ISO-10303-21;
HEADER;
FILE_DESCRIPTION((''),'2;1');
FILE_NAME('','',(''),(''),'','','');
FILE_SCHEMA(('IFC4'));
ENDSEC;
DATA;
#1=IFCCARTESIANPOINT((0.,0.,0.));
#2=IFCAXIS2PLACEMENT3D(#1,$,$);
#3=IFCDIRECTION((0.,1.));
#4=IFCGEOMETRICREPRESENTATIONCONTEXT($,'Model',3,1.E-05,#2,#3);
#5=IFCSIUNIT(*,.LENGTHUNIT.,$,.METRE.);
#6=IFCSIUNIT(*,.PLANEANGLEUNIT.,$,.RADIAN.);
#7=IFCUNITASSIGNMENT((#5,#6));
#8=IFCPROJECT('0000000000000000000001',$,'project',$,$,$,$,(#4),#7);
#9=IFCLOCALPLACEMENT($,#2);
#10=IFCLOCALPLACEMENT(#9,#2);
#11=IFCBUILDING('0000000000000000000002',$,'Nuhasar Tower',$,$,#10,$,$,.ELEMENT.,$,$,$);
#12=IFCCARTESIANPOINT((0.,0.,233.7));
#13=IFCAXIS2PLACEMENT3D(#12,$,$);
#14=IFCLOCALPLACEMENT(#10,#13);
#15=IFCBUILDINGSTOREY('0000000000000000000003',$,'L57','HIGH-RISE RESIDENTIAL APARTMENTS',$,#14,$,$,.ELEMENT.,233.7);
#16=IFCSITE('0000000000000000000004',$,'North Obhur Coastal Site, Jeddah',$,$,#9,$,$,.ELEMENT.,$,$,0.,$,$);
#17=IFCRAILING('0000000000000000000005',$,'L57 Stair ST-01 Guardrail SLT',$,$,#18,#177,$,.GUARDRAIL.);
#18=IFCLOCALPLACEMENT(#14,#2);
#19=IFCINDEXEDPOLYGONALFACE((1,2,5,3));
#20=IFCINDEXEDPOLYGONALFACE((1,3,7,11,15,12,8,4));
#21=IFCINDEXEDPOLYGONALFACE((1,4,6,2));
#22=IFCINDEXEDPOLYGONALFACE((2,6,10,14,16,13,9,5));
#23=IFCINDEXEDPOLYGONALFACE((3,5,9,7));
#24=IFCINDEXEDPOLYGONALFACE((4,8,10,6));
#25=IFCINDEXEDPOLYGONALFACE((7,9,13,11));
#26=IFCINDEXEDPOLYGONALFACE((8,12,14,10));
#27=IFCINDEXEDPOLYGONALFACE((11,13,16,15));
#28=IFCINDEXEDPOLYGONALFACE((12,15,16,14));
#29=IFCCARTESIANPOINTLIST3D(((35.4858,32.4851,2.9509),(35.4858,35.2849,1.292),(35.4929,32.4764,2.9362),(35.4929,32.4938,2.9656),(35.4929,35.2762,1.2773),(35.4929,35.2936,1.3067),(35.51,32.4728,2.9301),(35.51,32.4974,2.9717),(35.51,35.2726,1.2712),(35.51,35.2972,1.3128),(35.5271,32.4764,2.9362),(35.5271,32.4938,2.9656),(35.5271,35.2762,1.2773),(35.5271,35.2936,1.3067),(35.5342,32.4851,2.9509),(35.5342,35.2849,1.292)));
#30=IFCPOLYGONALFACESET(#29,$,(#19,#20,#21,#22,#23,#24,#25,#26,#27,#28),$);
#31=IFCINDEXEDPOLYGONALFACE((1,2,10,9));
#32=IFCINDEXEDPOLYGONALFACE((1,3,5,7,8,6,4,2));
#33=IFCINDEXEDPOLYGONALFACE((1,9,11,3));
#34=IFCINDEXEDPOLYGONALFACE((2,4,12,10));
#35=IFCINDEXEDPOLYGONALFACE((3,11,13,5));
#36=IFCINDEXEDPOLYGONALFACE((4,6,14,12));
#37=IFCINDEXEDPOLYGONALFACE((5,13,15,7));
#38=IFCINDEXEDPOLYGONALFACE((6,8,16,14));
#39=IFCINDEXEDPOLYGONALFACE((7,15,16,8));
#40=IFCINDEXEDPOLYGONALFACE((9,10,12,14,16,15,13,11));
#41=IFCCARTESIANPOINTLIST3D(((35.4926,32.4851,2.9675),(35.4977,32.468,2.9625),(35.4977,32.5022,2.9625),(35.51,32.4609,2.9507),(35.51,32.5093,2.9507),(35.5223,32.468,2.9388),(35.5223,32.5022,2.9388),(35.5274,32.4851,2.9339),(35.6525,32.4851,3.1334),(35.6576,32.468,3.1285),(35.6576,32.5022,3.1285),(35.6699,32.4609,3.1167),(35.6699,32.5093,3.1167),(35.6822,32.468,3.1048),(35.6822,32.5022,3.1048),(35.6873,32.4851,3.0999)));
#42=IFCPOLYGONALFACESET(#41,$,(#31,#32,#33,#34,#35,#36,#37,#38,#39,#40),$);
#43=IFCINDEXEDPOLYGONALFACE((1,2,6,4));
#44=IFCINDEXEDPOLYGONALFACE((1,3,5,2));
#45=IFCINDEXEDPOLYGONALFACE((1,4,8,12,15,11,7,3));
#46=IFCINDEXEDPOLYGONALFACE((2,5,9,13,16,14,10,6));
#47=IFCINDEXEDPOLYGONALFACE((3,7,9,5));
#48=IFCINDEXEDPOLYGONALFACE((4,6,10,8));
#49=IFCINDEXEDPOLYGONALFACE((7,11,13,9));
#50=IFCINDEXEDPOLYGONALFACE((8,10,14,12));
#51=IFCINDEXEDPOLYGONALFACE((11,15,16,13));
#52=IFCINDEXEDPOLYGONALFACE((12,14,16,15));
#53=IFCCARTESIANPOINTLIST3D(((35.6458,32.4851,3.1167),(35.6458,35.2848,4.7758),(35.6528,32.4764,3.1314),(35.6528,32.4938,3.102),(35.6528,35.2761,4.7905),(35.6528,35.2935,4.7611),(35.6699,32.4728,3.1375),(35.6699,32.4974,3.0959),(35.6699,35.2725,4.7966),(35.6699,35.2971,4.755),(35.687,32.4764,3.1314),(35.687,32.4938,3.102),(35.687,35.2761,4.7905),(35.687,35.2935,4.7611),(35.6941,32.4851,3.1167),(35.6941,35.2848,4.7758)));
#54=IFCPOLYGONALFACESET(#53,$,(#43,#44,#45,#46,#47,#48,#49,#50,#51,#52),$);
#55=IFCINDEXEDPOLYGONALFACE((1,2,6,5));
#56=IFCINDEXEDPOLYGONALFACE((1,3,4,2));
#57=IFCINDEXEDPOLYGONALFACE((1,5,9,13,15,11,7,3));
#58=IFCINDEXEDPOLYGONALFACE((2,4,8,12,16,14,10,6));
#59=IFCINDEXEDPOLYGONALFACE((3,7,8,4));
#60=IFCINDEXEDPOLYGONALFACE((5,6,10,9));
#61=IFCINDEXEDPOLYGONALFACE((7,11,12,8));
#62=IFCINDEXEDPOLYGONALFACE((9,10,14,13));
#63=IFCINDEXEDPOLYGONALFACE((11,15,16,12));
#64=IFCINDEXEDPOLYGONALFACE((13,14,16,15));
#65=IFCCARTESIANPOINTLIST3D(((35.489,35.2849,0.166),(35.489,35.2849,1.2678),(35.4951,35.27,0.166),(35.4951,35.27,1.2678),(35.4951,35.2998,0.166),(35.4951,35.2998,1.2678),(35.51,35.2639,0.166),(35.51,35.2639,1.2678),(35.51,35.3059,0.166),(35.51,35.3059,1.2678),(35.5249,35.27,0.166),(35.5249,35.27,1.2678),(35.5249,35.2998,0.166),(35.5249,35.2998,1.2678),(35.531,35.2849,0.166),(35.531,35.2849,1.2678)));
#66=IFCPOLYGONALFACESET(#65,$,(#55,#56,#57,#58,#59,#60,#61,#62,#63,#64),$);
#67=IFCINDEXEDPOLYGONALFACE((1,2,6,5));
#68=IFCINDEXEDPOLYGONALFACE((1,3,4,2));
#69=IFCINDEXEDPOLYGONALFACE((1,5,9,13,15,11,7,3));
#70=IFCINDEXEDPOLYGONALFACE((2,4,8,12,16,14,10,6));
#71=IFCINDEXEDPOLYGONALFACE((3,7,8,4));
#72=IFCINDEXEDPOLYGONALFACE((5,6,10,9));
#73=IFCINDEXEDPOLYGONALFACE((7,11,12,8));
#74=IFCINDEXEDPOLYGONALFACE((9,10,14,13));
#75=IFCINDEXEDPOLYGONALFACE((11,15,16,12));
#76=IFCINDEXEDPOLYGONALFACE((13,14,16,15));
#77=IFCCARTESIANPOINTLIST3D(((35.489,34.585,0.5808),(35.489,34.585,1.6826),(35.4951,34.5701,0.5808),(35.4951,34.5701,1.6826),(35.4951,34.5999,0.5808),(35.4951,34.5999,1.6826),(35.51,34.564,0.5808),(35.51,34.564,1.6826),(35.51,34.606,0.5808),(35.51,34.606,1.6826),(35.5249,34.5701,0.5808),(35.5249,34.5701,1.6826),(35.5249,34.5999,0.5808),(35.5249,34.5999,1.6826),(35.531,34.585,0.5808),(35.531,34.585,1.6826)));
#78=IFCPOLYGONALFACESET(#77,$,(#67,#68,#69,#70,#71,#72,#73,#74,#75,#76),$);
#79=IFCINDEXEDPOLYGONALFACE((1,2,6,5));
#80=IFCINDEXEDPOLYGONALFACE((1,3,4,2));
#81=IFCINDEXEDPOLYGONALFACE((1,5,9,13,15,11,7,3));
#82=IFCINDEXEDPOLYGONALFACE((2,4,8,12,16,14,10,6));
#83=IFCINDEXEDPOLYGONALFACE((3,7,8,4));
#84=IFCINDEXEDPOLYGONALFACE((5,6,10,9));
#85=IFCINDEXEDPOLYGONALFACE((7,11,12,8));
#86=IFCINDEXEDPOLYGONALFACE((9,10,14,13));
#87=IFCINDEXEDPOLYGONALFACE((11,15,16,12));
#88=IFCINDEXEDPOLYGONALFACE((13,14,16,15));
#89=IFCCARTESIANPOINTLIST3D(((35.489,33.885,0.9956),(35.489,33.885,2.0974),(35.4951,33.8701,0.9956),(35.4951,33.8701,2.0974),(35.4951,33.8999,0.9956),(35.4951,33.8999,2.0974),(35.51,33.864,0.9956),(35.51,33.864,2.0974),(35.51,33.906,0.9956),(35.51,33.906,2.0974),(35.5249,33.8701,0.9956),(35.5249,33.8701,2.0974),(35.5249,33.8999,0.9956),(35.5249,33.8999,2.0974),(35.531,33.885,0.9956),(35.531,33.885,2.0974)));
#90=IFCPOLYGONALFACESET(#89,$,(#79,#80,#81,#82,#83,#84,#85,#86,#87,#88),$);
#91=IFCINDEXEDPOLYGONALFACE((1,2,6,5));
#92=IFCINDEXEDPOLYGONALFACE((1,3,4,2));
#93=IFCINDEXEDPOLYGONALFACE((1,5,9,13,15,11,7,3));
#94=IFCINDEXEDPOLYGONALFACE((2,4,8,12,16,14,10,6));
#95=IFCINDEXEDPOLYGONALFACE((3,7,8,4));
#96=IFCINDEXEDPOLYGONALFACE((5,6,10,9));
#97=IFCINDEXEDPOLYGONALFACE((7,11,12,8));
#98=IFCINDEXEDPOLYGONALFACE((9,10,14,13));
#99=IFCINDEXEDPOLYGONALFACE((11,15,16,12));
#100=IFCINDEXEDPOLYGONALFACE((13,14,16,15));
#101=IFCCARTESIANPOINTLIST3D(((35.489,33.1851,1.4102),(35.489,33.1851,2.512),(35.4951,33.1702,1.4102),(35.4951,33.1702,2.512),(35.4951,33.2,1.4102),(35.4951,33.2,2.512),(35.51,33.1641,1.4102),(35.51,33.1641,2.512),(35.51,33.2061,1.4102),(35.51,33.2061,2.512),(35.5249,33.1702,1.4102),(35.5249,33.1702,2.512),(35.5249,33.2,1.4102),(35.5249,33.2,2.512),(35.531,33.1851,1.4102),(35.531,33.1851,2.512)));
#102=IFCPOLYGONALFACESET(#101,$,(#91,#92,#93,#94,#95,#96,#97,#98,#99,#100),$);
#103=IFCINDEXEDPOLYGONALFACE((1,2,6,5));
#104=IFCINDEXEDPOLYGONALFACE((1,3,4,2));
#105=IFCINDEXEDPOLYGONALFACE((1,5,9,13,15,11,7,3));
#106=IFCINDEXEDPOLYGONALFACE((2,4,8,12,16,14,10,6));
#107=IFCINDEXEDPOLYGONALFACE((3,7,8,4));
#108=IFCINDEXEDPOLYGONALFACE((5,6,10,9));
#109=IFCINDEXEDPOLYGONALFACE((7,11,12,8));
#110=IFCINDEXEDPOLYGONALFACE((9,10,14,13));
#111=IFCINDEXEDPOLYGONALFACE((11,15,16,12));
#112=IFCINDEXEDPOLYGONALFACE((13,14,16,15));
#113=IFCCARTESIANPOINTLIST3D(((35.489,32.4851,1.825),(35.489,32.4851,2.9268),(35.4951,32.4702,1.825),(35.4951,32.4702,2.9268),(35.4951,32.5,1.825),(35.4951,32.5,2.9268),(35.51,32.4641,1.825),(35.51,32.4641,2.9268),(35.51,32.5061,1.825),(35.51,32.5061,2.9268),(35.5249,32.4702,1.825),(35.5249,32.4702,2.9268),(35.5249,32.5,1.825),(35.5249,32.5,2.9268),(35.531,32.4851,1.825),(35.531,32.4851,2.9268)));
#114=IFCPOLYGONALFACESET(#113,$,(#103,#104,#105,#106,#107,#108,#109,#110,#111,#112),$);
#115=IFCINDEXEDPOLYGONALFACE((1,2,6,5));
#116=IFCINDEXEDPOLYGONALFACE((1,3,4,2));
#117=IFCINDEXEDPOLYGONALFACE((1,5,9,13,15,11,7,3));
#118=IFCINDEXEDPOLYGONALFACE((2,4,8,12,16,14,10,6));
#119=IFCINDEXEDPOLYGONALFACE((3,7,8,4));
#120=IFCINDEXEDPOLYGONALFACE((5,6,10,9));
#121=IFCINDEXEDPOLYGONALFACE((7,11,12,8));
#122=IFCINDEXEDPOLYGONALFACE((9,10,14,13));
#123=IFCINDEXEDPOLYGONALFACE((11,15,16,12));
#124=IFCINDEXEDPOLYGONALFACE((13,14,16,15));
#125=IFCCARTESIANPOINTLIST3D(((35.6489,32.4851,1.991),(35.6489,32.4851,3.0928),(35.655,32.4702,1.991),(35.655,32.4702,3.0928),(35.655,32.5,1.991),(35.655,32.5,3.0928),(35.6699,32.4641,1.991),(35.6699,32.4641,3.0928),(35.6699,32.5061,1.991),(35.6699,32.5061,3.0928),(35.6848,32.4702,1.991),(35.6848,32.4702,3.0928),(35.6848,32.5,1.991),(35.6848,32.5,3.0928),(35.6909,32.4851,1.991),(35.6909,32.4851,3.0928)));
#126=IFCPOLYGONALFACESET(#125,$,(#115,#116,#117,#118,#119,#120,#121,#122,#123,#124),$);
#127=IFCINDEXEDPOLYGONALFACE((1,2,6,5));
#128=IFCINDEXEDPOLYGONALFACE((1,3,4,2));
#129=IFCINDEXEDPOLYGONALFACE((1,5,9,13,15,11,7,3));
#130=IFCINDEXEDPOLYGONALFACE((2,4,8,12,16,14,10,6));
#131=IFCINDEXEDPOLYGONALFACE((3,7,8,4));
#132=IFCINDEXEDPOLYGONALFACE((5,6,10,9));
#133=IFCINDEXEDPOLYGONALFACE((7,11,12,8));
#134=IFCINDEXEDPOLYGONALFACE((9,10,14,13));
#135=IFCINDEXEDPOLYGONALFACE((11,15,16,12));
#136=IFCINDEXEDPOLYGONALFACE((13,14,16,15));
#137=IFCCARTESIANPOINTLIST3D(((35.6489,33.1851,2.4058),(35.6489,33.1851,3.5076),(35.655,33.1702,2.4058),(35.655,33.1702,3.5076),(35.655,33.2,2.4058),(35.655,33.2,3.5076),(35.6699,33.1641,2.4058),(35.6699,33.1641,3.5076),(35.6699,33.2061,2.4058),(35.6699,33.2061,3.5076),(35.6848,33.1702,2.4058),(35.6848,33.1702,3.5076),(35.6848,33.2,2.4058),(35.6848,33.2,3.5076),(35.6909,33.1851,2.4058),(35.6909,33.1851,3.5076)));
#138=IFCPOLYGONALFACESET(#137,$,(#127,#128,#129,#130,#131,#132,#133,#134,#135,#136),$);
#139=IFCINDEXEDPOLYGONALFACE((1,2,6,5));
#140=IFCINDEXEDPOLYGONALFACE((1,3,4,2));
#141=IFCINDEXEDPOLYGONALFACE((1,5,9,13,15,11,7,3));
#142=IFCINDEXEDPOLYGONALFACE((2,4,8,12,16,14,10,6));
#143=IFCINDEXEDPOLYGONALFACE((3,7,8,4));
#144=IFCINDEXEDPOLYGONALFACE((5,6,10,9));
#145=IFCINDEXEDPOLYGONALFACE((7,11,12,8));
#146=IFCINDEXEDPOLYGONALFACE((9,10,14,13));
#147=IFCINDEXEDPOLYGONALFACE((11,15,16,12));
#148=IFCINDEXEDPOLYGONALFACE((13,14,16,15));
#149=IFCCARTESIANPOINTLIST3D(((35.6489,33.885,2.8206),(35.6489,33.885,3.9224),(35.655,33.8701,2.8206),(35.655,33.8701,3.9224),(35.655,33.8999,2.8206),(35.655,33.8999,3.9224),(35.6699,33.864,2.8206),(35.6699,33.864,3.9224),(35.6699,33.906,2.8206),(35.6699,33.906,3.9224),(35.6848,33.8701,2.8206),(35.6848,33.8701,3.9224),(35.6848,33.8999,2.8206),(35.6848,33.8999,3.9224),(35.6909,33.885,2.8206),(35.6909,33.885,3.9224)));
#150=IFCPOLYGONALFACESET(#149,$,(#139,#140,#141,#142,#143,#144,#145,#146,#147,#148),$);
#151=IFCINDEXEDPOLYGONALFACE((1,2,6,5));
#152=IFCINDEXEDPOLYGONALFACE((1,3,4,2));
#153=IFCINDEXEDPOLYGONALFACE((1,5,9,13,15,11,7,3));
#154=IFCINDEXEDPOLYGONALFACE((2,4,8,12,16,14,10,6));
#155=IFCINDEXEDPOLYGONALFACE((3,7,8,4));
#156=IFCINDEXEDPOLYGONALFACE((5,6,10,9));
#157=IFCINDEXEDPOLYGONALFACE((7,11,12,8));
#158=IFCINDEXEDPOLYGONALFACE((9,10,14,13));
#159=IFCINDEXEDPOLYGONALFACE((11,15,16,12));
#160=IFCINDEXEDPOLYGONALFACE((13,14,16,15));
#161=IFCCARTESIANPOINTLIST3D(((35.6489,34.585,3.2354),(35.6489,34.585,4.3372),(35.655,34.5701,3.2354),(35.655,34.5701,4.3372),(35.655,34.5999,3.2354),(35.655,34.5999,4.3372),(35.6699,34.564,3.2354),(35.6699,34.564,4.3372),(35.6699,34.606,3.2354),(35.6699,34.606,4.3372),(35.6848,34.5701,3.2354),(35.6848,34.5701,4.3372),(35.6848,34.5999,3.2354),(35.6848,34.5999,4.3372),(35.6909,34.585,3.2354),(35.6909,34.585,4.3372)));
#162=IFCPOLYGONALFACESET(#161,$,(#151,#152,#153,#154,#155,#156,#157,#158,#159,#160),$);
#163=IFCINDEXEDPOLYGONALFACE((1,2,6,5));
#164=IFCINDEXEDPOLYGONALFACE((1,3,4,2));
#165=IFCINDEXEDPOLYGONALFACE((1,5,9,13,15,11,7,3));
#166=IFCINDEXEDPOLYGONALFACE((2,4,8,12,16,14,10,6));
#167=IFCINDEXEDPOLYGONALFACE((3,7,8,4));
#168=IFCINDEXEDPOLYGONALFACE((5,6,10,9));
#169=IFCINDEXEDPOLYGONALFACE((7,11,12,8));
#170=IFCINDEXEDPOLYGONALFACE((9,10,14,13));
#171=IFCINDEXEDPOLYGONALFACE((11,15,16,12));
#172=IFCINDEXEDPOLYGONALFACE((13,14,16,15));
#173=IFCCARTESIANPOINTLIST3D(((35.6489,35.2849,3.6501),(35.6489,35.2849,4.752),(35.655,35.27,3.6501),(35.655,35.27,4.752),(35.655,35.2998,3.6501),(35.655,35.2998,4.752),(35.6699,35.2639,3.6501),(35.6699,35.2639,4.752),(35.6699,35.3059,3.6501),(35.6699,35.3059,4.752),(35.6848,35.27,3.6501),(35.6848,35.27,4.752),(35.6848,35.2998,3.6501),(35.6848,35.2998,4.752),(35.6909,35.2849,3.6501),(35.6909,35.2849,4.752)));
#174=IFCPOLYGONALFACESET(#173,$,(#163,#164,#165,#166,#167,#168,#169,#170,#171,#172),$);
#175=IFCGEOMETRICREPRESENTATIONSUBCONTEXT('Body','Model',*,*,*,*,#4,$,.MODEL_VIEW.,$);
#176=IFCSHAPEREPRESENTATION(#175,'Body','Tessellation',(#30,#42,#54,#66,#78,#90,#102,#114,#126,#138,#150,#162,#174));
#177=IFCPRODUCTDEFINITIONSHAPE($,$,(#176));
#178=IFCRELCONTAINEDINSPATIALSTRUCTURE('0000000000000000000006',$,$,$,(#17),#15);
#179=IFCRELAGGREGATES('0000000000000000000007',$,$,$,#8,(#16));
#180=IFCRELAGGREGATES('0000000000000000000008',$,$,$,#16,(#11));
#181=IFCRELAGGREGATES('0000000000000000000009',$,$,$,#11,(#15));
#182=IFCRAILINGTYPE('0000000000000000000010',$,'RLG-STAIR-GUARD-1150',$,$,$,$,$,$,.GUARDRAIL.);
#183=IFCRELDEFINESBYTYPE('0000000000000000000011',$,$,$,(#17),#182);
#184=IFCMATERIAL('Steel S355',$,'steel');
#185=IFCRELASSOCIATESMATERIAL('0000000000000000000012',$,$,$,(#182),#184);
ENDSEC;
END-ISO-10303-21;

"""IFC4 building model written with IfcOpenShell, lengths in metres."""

from ifc_helpers import new_model, si_unit, direction, frame, origin, place, context, subcontext, project, spatial, polyline, outline, extrude, material, type_object, element, save


model = new_model("IFC4")

# Units and contexts
model_context = context("Model", 3, precision=1e-05, world=origin(), true_north=direction((0.0, 1.0)))
body_context = subcontext(model_context, "Body", "Model", "MODEL_VIEW")
ifc_project = project(units=[si_unit("LENGTHUNIT", "METRE"), si_unit("PLANEANGLEUNIT", "RADIAN")], contexts=[model_context])

# Site, building, storey
site_placement = place(None, origin())
site = spatial("IfcSite", under=ifc_project, at=site_placement, Name="North Obhur Coastal Site, Jeddah", CompositionType="ELEMENT", RefElevation=0.0)
building_placement = place(site_placement, origin())
building = spatial("IfcBuilding", under=site, at=building_placement, Name="Nuhasar Tower", CompositionType="ELEMENT")
storey_placement = place(building_placement, frame((0.0, 0.0, 233.7)))
storey = spatial("IfcBuildingStorey", under=building, at=storey_placement, Name="L57", Description="HIGH-RISE RESIDENTIAL APARTMENTS", CompositionType="ELEMENT", Elevation=233.7)

# Shared definitions
ifc_material_1 = material(Name="Steel S355", Category="steel")

# Railing
railing_type_1 = type_object("IfcRailingType", Name="RLG-STAIR-GUARD-1150", PredefinedType="GUARDRAIL", material=ifc_material_1)
railing_1_placement = place(storey_placement, frame((35.51, 35.2849, 0.166)))
element("IfcRailing", 1, at=railing_1_placement, inside=storey, type_object=railing_type_1, Name="L57 Stair ST-01 Guardrail SLT", PredefinedType="GUARDRAIL", context=body_context, shape_type="SweptSolid", body=[
    extrude(outline(polyline([(0.0242, 0.0), (0.0171, 0.0171), (0.0, 0.0242), (-0.0171, 0.0171), (-0.0242, 0.0), (-0.0171, -0.0171), (0.0, -0.0242), (0.0171, -0.0171), (0.0242, 0.0)])), frame((0.0, 0.0, 1.126), z_axis=(0.0, -0.86032, 0.509755), x_axis=(1.0, 0.0, 0.0)), (0.0, 0.0, 1.0), 3.2544),
    extrude(outline(polyline([(0.0242, 0.0), (0.0171, 0.0171), (0.0, 0.0242), (-0.0171, 0.0171), (-0.0242, 0.0), (-0.0171, -0.0171), (0.0, -0.0242), (0.0171, -0.0171), (0.0242, 0.0)])), frame((0.0, -2.7998, 2.7847), z_axis=(0.693743, 0.0, 0.720222), x_axis=(0.0, 1.0, 0.0)), (0.0, 0.0, 1.0), 0.2305),
    extrude(outline(polyline([(0.0242, 0.0), (0.0171, 0.0171), (0.0, 0.0242), (-0.0171, 0.0171), (-0.0242, 0.0), (-0.0171, -0.0171), (0.0, -0.0242), (0.0171, -0.0171), (0.0242, 0.0)])), frame((0.1599, -2.7998, 2.9507), z_axis=(0.0, 0.860287, 0.509811), x_axis=(-1.0, 0.0, 0.0)), (0.0, 0.0, 1.0), 3.2544),
    extrude(outline(polyline([(0.021, 0.0), (0.0149, 0.0149), (0.0, 0.021), (-0.0149, 0.0149), (-0.021, 0.0), (-0.0149, -0.0149), (0.0, -0.021), (0.0149, -0.0149), (0.021, 0.0)])), origin(), (0.0, 0.0, 1.0), 1.1018),
    extrude(outline(polyline([(0.021, 0.0), (0.0149, 0.0149), (0.0, 0.021), (-0.0149, 0.0149), (-0.021, 0.0), (-0.0149, -0.0149), (0.0, -0.021), (0.0149, -0.0149), (0.021, 0.0)])), frame((0.0, -0.7, 0.4148)), (0.0, 0.0, 1.0), 1.1018),
    extrude(outline(polyline([(0.021, 0.0), (0.0149, 0.0149), (0.0, 0.021), (-0.0149, 0.0149), (-0.021, 0.0), (-0.0149, -0.0149), (0.0, -0.021), (0.0149, -0.0149), (0.021, 0.0)])), frame((0.0, -1.3999, 0.8296)), (0.0, 0.0, 1.0), 1.1018),
    extrude(outline(polyline([(0.021, 0.0), (0.0149, 0.0149), (0.0, 0.021), (-0.0149, 0.0149), (-0.021, 0.0), (-0.0149, -0.0149), (0.0, -0.021), (0.0149, -0.0149), (0.021, 0.0)])), frame((0.0, -2.0999, 1.2441)), (0.0, 0.0, 1.0), 1.1018),
    extrude(outline(polyline([(0.021, 0.0), (0.0149, 0.0149), (0.0, 0.021), (-0.0149, 0.0149), (-0.021, 0.0), (-0.0149, -0.0149), (0.0, -0.021), (0.0149, -0.0149), (0.021, 0.0)])), frame((0.0, -2.7998, 1.6589)), (0.0, 0.0, 1.0), 1.1018),
    extrude(outline(polyline([(0.021, 0.0), (0.0149, 0.0149), (0.0, 0.021), (-0.0149, 0.0149), (-0.021, 0.0), (-0.0149, -0.0149), (0.0, -0.021), (0.0149, -0.0149), (0.021, 0.0)])), frame((0.1599, -2.7998, 1.825)), (0.0, 0.0, 1.0), 1.1018),
    extrude(outline(polyline([(0.021, 0.0), (0.0149, 0.0149), (0.0, 0.021), (-0.0149, 0.0149), (-0.021, 0.0), (-0.0149, -0.0149), (0.0, -0.021), (0.0149, -0.0149), (0.021, 0.0)])), frame((0.1599, -2.0999, 2.2397)), (0.0, 0.0, 1.0), 1.1018),
    extrude(outline(polyline([(0.021, 0.0), (0.0149, 0.0149), (0.0, 0.021), (-0.0149, 0.0149), (-0.021, 0.0), (-0.0149, -0.0149), (0.0, -0.021), (0.0149, -0.0149), (0.021, 0.0)])), frame((0.1599, -1.3999, 2.6545)), (0.0, 0.0, 1.0), 1.1018),
    extrude(outline(polyline([(0.021, 0.0), (0.0149, 0.0149), (0.0, 0.021), (-0.0149, 0.0149), (-0.021, 0.0), (-0.0149, -0.0149), (0.0, -0.021), (0.0149, -0.0149), (0.021, 0.0)])), frame((0.1599, -0.7, 3.0693)), (0.0, 0.0, 1.0), 1.1018),
    extrude(outline(polyline([(0.021, 0.0), (0.0149, 0.0149), (0.0, 0.021), (-0.0149, 0.0149), (-0.021, 0.0), (-0.0149, -0.0149), (0.0, -0.021), (0.0149, -0.0149), (0.021, 0.0)])), frame((0.1599, 0.0, 3.4841)), (0.0, 0.0, 1.0), 1.1018),
])

save(model, "model.ifc")
